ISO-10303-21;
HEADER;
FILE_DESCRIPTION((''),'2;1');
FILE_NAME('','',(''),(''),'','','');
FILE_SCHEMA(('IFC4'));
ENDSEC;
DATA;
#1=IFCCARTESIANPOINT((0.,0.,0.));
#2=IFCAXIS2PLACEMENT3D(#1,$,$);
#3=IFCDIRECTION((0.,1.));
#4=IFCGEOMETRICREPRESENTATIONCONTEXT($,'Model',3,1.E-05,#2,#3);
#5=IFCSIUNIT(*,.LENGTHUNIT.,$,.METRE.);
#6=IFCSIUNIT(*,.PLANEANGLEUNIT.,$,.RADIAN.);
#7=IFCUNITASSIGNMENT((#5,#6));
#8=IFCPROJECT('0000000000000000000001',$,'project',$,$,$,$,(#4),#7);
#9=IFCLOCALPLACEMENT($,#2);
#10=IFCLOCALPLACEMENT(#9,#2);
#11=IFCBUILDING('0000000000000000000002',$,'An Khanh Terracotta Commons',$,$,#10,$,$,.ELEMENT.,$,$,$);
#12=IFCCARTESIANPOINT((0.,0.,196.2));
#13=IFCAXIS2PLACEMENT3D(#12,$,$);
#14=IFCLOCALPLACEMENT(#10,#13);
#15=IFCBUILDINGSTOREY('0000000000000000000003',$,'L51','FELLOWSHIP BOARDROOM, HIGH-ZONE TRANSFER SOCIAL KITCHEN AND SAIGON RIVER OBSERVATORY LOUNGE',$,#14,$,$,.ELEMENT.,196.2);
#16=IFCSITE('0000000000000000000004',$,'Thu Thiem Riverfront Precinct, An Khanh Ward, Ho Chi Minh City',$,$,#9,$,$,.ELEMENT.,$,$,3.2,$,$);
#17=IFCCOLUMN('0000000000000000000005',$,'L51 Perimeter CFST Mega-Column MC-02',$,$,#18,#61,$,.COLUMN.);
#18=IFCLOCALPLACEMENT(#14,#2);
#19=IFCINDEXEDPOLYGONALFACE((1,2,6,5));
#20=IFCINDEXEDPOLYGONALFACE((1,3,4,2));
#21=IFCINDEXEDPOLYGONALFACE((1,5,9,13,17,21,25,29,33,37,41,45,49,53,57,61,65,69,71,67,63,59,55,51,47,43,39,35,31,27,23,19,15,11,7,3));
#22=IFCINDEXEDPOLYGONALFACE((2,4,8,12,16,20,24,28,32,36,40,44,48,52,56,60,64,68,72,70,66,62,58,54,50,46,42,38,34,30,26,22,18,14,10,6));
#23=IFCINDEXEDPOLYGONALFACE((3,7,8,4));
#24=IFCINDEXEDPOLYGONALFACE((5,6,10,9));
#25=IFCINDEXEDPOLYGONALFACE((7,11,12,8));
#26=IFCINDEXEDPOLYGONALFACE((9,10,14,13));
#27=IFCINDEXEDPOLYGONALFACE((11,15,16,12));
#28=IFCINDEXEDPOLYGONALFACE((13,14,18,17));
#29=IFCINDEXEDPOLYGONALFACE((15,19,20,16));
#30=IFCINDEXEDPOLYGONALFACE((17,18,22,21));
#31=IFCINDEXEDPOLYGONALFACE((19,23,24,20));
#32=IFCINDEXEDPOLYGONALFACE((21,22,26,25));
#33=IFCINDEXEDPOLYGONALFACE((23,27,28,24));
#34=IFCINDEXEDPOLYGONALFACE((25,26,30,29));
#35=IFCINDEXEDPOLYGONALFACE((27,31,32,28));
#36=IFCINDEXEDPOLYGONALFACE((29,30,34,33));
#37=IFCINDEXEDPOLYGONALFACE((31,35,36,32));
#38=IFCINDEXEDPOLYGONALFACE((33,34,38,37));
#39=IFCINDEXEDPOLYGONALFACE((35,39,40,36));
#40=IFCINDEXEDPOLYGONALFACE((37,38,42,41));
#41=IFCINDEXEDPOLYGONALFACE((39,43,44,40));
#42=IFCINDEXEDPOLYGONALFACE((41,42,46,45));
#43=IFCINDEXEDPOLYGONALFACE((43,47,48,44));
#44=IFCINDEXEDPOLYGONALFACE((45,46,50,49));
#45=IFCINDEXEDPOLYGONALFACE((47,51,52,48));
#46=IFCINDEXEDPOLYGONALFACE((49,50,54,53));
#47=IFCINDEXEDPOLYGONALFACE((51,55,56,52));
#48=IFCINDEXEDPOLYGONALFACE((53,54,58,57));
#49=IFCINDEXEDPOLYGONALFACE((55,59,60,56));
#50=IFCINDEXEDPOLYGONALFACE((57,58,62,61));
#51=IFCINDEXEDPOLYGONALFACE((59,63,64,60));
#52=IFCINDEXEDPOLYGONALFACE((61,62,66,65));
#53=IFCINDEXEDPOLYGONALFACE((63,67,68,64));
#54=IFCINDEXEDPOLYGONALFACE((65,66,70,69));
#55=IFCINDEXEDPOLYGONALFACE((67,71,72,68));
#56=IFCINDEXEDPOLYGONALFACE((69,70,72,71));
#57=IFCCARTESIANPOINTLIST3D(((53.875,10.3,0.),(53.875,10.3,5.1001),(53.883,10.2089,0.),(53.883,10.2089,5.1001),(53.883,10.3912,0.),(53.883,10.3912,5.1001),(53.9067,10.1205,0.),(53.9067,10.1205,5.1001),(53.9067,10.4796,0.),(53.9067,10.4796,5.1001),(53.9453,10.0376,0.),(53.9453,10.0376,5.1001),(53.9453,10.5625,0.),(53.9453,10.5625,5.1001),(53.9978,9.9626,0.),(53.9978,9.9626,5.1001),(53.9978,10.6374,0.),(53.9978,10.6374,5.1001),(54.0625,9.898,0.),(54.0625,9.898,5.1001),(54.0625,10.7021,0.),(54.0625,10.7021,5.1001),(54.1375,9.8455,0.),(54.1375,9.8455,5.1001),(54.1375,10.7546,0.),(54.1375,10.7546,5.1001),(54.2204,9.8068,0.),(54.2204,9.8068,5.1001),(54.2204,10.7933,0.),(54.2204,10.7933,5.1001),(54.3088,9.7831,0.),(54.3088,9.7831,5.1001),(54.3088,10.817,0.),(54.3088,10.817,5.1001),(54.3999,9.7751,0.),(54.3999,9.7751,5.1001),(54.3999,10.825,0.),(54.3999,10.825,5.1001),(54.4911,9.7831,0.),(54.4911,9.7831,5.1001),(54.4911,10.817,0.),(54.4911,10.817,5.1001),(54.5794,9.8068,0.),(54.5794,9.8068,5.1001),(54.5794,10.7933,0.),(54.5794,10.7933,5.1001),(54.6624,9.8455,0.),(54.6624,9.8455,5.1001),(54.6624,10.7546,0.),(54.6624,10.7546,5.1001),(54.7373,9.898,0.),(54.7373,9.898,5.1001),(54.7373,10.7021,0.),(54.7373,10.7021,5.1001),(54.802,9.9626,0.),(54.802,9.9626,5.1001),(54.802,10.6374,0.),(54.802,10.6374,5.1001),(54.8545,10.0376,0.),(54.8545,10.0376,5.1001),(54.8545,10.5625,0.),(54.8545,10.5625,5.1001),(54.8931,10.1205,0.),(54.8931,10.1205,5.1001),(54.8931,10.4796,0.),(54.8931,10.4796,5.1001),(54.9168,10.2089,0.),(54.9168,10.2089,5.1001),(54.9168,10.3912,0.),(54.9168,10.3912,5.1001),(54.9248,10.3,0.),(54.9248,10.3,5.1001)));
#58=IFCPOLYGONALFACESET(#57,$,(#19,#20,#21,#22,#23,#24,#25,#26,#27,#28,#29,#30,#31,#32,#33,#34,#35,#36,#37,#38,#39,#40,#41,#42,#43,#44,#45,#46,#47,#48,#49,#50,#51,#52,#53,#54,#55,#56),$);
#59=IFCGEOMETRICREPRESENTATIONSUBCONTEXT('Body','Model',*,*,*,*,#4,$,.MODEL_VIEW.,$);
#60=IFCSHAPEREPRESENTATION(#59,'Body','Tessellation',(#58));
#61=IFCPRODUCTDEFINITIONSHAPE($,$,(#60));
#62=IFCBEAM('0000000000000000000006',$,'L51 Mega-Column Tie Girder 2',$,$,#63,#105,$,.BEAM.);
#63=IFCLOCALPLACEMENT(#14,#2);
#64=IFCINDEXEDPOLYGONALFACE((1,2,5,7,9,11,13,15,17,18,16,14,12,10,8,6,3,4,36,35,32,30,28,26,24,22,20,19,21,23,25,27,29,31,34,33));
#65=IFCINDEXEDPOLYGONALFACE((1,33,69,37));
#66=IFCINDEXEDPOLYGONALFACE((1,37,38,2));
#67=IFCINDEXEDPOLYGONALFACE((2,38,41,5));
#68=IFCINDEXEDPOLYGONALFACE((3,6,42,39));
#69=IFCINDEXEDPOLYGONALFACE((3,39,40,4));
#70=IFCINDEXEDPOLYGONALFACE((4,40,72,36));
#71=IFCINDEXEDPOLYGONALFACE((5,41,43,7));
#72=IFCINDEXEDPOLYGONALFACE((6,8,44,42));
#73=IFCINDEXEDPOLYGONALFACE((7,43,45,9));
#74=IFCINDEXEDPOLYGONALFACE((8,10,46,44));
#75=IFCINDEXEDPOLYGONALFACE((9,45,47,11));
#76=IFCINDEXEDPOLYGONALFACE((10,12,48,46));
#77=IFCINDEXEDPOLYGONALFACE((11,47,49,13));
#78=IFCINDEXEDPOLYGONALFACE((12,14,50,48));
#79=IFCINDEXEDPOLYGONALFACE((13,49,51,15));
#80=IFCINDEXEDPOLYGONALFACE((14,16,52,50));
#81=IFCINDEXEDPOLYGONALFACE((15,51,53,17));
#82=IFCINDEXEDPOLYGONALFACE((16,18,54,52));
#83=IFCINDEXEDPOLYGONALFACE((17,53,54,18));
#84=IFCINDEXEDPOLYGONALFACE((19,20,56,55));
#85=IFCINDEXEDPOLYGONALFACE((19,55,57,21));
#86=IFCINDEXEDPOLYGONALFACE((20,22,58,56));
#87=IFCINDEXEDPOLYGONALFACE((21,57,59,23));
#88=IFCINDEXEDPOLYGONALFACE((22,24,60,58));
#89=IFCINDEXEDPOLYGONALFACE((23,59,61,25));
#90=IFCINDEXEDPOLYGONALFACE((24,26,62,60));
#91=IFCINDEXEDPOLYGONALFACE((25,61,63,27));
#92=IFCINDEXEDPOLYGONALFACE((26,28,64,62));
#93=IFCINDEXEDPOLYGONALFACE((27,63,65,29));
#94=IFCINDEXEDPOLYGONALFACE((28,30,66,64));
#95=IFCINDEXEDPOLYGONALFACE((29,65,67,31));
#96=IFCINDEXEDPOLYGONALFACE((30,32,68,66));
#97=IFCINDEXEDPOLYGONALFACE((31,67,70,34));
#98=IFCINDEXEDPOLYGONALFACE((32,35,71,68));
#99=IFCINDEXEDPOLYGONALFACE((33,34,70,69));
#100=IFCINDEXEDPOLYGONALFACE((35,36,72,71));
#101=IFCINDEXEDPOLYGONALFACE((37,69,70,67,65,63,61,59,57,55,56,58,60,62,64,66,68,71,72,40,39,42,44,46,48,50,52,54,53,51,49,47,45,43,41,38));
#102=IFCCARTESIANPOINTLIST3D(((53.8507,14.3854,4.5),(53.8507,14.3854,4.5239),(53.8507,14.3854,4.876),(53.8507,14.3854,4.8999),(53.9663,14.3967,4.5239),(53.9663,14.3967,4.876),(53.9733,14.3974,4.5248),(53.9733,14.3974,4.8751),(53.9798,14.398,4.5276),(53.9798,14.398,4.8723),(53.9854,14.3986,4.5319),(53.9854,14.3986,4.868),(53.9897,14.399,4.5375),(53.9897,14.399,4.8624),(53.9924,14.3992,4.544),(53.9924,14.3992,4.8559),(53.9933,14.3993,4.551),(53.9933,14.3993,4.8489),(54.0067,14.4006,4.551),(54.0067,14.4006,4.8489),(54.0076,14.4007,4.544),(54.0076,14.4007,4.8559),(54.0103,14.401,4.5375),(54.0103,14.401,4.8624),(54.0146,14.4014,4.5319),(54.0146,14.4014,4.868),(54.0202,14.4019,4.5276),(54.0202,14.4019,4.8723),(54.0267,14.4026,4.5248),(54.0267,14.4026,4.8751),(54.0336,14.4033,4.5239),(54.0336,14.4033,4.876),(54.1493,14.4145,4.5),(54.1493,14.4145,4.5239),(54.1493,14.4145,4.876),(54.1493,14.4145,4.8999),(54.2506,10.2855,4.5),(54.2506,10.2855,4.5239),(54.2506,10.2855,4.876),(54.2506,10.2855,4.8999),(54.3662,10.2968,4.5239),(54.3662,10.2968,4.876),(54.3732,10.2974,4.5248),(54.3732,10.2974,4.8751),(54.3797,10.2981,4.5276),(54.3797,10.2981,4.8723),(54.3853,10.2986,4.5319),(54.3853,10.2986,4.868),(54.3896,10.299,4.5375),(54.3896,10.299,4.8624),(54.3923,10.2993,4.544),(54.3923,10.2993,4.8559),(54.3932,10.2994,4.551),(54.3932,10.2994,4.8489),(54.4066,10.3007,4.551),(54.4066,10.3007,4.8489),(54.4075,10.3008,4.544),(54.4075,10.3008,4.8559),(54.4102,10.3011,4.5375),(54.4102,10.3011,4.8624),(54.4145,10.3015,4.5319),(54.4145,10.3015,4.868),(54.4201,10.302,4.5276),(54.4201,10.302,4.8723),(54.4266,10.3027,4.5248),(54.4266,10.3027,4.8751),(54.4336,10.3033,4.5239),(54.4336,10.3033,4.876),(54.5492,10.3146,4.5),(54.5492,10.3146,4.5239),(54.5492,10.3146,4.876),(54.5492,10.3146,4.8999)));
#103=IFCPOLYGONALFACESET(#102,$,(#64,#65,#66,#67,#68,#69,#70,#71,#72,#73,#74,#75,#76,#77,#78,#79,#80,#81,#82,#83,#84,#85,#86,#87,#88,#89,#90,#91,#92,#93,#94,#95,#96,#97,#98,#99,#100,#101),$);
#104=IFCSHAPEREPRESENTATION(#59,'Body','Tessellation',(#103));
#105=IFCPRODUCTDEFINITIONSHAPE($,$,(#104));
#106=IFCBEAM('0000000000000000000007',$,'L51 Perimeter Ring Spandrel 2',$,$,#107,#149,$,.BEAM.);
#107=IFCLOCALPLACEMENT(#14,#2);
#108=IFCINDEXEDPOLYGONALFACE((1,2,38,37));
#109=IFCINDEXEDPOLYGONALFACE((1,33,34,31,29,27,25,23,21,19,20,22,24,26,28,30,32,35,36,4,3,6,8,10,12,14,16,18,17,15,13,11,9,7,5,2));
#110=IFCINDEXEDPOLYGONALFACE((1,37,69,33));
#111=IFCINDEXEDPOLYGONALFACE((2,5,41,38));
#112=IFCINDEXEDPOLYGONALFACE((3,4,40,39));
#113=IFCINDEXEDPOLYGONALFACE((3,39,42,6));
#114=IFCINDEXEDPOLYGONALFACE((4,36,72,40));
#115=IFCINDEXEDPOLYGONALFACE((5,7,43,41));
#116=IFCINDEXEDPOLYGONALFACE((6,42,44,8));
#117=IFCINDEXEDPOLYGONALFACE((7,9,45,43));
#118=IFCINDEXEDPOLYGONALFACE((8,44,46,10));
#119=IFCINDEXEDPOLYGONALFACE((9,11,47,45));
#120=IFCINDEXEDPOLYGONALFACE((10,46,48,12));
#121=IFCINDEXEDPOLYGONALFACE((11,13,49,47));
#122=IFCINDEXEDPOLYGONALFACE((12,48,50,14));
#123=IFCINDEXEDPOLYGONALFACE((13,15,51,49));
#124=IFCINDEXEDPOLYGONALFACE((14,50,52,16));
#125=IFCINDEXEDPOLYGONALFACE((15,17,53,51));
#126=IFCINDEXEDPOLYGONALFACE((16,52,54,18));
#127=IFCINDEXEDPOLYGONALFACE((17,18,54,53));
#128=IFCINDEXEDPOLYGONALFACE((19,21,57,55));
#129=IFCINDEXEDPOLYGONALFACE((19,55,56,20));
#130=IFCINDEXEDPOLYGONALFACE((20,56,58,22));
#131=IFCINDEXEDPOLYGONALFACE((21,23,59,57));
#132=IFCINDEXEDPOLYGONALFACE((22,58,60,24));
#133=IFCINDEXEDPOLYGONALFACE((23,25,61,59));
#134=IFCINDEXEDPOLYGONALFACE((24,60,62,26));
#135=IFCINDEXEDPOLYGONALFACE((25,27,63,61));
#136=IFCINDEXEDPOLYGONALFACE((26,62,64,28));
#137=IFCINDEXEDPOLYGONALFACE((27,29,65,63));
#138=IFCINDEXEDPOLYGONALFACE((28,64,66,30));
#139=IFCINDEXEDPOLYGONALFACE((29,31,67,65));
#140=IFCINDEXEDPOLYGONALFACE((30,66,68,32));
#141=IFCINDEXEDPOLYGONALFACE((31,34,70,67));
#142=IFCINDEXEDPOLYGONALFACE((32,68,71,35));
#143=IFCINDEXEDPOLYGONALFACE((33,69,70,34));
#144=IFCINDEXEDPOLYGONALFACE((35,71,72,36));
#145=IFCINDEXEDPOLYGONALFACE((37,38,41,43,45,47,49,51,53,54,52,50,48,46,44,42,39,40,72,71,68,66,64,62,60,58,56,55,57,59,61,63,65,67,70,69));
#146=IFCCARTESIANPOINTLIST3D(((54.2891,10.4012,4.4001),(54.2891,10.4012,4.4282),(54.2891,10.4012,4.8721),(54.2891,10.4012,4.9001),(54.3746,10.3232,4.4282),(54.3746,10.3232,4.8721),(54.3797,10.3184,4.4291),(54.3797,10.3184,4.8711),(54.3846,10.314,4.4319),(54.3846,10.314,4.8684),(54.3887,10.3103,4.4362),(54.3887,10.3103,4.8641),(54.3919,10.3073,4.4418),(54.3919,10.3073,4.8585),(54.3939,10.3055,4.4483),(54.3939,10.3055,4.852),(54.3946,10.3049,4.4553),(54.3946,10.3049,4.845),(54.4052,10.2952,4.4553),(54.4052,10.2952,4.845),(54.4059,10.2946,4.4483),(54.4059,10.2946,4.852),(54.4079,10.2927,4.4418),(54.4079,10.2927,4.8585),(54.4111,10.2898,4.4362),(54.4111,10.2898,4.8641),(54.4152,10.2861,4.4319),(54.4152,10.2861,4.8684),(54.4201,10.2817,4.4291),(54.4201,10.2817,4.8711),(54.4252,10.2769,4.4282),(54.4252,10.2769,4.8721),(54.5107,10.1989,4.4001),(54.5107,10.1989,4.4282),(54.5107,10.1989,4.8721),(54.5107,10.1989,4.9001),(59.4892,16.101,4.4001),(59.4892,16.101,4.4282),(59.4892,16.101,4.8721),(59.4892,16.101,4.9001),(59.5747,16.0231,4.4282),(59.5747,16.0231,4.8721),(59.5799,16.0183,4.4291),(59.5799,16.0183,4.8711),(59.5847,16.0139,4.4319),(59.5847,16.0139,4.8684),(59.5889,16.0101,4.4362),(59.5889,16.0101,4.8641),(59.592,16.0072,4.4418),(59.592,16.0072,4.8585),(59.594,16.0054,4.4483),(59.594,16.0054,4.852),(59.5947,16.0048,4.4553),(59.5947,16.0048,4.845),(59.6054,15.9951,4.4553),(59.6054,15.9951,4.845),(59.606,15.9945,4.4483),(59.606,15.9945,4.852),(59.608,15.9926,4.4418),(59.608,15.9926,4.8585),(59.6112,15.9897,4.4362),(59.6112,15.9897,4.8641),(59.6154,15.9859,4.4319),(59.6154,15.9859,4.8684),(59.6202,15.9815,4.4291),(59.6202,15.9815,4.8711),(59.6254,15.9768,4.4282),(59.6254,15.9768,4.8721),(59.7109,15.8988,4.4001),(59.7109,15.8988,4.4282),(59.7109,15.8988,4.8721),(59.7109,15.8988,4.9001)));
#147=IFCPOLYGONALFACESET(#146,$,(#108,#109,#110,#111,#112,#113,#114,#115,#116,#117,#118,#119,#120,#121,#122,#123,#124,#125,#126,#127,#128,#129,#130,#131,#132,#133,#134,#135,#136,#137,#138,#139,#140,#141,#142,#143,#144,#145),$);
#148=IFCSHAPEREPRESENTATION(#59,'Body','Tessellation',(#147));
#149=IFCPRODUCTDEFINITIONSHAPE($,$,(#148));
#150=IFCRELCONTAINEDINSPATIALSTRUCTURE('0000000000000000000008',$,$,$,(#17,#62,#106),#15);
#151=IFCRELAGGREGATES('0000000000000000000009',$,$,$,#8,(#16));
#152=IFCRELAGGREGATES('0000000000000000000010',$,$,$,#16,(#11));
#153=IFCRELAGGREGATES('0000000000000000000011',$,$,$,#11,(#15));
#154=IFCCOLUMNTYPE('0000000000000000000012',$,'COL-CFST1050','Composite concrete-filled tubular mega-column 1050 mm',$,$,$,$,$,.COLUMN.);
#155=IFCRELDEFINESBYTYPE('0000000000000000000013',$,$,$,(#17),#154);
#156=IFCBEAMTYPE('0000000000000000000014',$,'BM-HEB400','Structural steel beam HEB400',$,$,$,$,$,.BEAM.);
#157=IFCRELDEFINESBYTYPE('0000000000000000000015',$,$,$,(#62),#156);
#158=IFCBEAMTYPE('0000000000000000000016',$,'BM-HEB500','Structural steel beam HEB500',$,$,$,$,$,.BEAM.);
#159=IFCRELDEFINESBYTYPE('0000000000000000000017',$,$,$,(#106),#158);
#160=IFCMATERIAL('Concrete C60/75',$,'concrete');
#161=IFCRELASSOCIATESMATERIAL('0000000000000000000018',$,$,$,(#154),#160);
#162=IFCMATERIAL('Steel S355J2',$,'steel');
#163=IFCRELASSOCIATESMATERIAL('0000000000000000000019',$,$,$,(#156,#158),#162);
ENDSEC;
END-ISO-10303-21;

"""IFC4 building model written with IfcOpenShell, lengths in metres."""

from ifc_helpers import new_model, si_unit, direction, frame, origin, origin_2d, place, context, subcontext, project, spatial, circle, i_section, extrude, material, material_profile, profile_set, type_object, element, save


model = new_model("IFC4")

# Units and contexts
model_context = context("Model", 3, precision=1e-05, world=origin(), true_north=direction((0.0, 1.0)))
body_context = subcontext(model_context, "Body", "Model", "MODEL_VIEW")
ifc_project = project(units=[si_unit("LENGTHUNIT", "METRE"), si_unit("PLANEANGLEUNIT", "RADIAN")], contexts=[model_context])

# Site, building, storey
site_placement = place(None, origin())
site = spatial("IfcSite", under=ifc_project, at=site_placement, Name="Thu Thiem Riverfront Precinct, An Khanh Ward, Ho Chi Minh City", CompositionType="ELEMENT", RefElevation=3.2)
building_placement = place(site_placement, origin())
building = spatial("IfcBuilding", under=site, at=building_placement, Name="An Khanh Terracotta Commons", CompositionType="ELEMENT")
storey_placement = place(building_placement, frame((0.0, 0.0, 196.2)))
storey = spatial("IfcBuildingStorey", under=building, at=storey_placement, Name="L51", Description="FELLOWSHIP BOARDROOM, HIGH-ZONE TRANSFER SOCIAL KITCHEN AND SAIGON RIVER OBSERVATORY LOUNGE", CompositionType="ELEMENT", Elevation=196.2)

# Column
ifc_material_1 = material(Name="Concrete C60/75", Category="concrete")
ifc_material_profile_1 = material_profile(ifc_material_1, circle(Radius=0.5249, at=origin_2d()), Name="CFST1050")
ifc_profile_set_1 = profile_set([ifc_material_profile_1], Name="Concrete C60/75")
column_type = type_object("IfcColumnType", Name="COL-CFST1050", Description="Composite concrete-filled tubular mega-column 1050 mm", PredefinedType="COLUMN", material=ifc_profile_set_1)
column_placement = place(storey_placement, frame((54.3999, 10.3, 0.0), z_axis=(0.0, 0.0, 1.0), x_axis=(1.0, 0.0, 0.0)))
element("IfcColumn", 1, at=column_placement, inside=storey, type_object=column_type, Name="L51 Perimeter CFST Mega-Column MC-02", PredefinedType="COLUMN", context=body_context, shape_type="SweptSolid", body=[
    extrude(circle(Radius=0.5249, at=origin_2d()), origin(), (0.0, 0.0, 1.0), 5.1001),
])

# Beams
ifc_material_2 = material(Name="Steel S355J2", Category="steel")
ifc_material_profile_2 = material_profile(ifc_material_2, i_section(OverallWidth=0.3, OverallDepth=0.3999, WebThickness=0.0134, FlangeThickness=0.0239, FilletRadius=0.0271, at=origin_2d()), Name="HEB400")
ifc_profile_set_2 = profile_set([ifc_material_profile_2], Name="Steel S355J2")
beam_type_1 = type_object("IfcBeamType", Name="BM-HEB400", Description="Structural steel beam HEB400", PredefinedType="BEAM", material=ifc_profile_set_2)
beam_1_placement = place(storey_placement, frame((54.3999, 10.3, 4.7), z_axis=(-0.09708, 0.995277, 0.0), x_axis=(-0.995277, -0.09708, 0.0)))
element("IfcBeam", 2, at=beam_1_placement, inside=storey, type_object=beam_type_1, Name="L51 Mega-Column Tie Girder 2", PredefinedType="BEAM", context=body_context, shape_type="SweptSolid", body=[
    extrude(i_section(OverallWidth=0.3, OverallDepth=0.3999, WebThickness=0.0134, FlangeThickness=0.0239, FilletRadius=0.0271, at=origin_2d()), origin(), (0.0, 0.0, 1.0), 4.1194),
])
ifc_material_profile_3 = material_profile(ifc_material_2, i_section(OverallWidth=0.3, OverallDepth=0.5, WebThickness=0.0144, FlangeThickness=0.0281, FilletRadius=0.0271, at=origin_2d()), Name="HEB500")
ifc_profile_set_3 = profile_set([ifc_material_profile_3], Name="Steel S355J2")
beam_type_2 = type_object("IfcBeamType", Name="BM-HEB500", Description="Structural steel beam HEB500", PredefinedType="BEAM", material=ifc_profile_set_3)
beam_2_placement = place(storey_placement, frame((54.3999, 10.3, 4.6501), z_axis=(0.673979, 0.738751, 0.0), x_axis=(-0.738751, 0.673979, 0.0)))
element("IfcBeam", 3, at=beam_2_placement, inside=storey, type_object=beam_type_2, Name="L51 Perimeter Ring Spandrel 2", PredefinedType="BEAM", context=body_context, shape_type="SweptSolid", body=[
    extrude(i_section(OverallWidth=0.3, OverallDepth=0.5, WebThickness=0.0144, FlangeThickness=0.0281, FilletRadius=0.0271, at=origin_2d()), origin(), (0.0, 0.0, 1.0), 7.7156),
])

save(model, "model.ifc")
